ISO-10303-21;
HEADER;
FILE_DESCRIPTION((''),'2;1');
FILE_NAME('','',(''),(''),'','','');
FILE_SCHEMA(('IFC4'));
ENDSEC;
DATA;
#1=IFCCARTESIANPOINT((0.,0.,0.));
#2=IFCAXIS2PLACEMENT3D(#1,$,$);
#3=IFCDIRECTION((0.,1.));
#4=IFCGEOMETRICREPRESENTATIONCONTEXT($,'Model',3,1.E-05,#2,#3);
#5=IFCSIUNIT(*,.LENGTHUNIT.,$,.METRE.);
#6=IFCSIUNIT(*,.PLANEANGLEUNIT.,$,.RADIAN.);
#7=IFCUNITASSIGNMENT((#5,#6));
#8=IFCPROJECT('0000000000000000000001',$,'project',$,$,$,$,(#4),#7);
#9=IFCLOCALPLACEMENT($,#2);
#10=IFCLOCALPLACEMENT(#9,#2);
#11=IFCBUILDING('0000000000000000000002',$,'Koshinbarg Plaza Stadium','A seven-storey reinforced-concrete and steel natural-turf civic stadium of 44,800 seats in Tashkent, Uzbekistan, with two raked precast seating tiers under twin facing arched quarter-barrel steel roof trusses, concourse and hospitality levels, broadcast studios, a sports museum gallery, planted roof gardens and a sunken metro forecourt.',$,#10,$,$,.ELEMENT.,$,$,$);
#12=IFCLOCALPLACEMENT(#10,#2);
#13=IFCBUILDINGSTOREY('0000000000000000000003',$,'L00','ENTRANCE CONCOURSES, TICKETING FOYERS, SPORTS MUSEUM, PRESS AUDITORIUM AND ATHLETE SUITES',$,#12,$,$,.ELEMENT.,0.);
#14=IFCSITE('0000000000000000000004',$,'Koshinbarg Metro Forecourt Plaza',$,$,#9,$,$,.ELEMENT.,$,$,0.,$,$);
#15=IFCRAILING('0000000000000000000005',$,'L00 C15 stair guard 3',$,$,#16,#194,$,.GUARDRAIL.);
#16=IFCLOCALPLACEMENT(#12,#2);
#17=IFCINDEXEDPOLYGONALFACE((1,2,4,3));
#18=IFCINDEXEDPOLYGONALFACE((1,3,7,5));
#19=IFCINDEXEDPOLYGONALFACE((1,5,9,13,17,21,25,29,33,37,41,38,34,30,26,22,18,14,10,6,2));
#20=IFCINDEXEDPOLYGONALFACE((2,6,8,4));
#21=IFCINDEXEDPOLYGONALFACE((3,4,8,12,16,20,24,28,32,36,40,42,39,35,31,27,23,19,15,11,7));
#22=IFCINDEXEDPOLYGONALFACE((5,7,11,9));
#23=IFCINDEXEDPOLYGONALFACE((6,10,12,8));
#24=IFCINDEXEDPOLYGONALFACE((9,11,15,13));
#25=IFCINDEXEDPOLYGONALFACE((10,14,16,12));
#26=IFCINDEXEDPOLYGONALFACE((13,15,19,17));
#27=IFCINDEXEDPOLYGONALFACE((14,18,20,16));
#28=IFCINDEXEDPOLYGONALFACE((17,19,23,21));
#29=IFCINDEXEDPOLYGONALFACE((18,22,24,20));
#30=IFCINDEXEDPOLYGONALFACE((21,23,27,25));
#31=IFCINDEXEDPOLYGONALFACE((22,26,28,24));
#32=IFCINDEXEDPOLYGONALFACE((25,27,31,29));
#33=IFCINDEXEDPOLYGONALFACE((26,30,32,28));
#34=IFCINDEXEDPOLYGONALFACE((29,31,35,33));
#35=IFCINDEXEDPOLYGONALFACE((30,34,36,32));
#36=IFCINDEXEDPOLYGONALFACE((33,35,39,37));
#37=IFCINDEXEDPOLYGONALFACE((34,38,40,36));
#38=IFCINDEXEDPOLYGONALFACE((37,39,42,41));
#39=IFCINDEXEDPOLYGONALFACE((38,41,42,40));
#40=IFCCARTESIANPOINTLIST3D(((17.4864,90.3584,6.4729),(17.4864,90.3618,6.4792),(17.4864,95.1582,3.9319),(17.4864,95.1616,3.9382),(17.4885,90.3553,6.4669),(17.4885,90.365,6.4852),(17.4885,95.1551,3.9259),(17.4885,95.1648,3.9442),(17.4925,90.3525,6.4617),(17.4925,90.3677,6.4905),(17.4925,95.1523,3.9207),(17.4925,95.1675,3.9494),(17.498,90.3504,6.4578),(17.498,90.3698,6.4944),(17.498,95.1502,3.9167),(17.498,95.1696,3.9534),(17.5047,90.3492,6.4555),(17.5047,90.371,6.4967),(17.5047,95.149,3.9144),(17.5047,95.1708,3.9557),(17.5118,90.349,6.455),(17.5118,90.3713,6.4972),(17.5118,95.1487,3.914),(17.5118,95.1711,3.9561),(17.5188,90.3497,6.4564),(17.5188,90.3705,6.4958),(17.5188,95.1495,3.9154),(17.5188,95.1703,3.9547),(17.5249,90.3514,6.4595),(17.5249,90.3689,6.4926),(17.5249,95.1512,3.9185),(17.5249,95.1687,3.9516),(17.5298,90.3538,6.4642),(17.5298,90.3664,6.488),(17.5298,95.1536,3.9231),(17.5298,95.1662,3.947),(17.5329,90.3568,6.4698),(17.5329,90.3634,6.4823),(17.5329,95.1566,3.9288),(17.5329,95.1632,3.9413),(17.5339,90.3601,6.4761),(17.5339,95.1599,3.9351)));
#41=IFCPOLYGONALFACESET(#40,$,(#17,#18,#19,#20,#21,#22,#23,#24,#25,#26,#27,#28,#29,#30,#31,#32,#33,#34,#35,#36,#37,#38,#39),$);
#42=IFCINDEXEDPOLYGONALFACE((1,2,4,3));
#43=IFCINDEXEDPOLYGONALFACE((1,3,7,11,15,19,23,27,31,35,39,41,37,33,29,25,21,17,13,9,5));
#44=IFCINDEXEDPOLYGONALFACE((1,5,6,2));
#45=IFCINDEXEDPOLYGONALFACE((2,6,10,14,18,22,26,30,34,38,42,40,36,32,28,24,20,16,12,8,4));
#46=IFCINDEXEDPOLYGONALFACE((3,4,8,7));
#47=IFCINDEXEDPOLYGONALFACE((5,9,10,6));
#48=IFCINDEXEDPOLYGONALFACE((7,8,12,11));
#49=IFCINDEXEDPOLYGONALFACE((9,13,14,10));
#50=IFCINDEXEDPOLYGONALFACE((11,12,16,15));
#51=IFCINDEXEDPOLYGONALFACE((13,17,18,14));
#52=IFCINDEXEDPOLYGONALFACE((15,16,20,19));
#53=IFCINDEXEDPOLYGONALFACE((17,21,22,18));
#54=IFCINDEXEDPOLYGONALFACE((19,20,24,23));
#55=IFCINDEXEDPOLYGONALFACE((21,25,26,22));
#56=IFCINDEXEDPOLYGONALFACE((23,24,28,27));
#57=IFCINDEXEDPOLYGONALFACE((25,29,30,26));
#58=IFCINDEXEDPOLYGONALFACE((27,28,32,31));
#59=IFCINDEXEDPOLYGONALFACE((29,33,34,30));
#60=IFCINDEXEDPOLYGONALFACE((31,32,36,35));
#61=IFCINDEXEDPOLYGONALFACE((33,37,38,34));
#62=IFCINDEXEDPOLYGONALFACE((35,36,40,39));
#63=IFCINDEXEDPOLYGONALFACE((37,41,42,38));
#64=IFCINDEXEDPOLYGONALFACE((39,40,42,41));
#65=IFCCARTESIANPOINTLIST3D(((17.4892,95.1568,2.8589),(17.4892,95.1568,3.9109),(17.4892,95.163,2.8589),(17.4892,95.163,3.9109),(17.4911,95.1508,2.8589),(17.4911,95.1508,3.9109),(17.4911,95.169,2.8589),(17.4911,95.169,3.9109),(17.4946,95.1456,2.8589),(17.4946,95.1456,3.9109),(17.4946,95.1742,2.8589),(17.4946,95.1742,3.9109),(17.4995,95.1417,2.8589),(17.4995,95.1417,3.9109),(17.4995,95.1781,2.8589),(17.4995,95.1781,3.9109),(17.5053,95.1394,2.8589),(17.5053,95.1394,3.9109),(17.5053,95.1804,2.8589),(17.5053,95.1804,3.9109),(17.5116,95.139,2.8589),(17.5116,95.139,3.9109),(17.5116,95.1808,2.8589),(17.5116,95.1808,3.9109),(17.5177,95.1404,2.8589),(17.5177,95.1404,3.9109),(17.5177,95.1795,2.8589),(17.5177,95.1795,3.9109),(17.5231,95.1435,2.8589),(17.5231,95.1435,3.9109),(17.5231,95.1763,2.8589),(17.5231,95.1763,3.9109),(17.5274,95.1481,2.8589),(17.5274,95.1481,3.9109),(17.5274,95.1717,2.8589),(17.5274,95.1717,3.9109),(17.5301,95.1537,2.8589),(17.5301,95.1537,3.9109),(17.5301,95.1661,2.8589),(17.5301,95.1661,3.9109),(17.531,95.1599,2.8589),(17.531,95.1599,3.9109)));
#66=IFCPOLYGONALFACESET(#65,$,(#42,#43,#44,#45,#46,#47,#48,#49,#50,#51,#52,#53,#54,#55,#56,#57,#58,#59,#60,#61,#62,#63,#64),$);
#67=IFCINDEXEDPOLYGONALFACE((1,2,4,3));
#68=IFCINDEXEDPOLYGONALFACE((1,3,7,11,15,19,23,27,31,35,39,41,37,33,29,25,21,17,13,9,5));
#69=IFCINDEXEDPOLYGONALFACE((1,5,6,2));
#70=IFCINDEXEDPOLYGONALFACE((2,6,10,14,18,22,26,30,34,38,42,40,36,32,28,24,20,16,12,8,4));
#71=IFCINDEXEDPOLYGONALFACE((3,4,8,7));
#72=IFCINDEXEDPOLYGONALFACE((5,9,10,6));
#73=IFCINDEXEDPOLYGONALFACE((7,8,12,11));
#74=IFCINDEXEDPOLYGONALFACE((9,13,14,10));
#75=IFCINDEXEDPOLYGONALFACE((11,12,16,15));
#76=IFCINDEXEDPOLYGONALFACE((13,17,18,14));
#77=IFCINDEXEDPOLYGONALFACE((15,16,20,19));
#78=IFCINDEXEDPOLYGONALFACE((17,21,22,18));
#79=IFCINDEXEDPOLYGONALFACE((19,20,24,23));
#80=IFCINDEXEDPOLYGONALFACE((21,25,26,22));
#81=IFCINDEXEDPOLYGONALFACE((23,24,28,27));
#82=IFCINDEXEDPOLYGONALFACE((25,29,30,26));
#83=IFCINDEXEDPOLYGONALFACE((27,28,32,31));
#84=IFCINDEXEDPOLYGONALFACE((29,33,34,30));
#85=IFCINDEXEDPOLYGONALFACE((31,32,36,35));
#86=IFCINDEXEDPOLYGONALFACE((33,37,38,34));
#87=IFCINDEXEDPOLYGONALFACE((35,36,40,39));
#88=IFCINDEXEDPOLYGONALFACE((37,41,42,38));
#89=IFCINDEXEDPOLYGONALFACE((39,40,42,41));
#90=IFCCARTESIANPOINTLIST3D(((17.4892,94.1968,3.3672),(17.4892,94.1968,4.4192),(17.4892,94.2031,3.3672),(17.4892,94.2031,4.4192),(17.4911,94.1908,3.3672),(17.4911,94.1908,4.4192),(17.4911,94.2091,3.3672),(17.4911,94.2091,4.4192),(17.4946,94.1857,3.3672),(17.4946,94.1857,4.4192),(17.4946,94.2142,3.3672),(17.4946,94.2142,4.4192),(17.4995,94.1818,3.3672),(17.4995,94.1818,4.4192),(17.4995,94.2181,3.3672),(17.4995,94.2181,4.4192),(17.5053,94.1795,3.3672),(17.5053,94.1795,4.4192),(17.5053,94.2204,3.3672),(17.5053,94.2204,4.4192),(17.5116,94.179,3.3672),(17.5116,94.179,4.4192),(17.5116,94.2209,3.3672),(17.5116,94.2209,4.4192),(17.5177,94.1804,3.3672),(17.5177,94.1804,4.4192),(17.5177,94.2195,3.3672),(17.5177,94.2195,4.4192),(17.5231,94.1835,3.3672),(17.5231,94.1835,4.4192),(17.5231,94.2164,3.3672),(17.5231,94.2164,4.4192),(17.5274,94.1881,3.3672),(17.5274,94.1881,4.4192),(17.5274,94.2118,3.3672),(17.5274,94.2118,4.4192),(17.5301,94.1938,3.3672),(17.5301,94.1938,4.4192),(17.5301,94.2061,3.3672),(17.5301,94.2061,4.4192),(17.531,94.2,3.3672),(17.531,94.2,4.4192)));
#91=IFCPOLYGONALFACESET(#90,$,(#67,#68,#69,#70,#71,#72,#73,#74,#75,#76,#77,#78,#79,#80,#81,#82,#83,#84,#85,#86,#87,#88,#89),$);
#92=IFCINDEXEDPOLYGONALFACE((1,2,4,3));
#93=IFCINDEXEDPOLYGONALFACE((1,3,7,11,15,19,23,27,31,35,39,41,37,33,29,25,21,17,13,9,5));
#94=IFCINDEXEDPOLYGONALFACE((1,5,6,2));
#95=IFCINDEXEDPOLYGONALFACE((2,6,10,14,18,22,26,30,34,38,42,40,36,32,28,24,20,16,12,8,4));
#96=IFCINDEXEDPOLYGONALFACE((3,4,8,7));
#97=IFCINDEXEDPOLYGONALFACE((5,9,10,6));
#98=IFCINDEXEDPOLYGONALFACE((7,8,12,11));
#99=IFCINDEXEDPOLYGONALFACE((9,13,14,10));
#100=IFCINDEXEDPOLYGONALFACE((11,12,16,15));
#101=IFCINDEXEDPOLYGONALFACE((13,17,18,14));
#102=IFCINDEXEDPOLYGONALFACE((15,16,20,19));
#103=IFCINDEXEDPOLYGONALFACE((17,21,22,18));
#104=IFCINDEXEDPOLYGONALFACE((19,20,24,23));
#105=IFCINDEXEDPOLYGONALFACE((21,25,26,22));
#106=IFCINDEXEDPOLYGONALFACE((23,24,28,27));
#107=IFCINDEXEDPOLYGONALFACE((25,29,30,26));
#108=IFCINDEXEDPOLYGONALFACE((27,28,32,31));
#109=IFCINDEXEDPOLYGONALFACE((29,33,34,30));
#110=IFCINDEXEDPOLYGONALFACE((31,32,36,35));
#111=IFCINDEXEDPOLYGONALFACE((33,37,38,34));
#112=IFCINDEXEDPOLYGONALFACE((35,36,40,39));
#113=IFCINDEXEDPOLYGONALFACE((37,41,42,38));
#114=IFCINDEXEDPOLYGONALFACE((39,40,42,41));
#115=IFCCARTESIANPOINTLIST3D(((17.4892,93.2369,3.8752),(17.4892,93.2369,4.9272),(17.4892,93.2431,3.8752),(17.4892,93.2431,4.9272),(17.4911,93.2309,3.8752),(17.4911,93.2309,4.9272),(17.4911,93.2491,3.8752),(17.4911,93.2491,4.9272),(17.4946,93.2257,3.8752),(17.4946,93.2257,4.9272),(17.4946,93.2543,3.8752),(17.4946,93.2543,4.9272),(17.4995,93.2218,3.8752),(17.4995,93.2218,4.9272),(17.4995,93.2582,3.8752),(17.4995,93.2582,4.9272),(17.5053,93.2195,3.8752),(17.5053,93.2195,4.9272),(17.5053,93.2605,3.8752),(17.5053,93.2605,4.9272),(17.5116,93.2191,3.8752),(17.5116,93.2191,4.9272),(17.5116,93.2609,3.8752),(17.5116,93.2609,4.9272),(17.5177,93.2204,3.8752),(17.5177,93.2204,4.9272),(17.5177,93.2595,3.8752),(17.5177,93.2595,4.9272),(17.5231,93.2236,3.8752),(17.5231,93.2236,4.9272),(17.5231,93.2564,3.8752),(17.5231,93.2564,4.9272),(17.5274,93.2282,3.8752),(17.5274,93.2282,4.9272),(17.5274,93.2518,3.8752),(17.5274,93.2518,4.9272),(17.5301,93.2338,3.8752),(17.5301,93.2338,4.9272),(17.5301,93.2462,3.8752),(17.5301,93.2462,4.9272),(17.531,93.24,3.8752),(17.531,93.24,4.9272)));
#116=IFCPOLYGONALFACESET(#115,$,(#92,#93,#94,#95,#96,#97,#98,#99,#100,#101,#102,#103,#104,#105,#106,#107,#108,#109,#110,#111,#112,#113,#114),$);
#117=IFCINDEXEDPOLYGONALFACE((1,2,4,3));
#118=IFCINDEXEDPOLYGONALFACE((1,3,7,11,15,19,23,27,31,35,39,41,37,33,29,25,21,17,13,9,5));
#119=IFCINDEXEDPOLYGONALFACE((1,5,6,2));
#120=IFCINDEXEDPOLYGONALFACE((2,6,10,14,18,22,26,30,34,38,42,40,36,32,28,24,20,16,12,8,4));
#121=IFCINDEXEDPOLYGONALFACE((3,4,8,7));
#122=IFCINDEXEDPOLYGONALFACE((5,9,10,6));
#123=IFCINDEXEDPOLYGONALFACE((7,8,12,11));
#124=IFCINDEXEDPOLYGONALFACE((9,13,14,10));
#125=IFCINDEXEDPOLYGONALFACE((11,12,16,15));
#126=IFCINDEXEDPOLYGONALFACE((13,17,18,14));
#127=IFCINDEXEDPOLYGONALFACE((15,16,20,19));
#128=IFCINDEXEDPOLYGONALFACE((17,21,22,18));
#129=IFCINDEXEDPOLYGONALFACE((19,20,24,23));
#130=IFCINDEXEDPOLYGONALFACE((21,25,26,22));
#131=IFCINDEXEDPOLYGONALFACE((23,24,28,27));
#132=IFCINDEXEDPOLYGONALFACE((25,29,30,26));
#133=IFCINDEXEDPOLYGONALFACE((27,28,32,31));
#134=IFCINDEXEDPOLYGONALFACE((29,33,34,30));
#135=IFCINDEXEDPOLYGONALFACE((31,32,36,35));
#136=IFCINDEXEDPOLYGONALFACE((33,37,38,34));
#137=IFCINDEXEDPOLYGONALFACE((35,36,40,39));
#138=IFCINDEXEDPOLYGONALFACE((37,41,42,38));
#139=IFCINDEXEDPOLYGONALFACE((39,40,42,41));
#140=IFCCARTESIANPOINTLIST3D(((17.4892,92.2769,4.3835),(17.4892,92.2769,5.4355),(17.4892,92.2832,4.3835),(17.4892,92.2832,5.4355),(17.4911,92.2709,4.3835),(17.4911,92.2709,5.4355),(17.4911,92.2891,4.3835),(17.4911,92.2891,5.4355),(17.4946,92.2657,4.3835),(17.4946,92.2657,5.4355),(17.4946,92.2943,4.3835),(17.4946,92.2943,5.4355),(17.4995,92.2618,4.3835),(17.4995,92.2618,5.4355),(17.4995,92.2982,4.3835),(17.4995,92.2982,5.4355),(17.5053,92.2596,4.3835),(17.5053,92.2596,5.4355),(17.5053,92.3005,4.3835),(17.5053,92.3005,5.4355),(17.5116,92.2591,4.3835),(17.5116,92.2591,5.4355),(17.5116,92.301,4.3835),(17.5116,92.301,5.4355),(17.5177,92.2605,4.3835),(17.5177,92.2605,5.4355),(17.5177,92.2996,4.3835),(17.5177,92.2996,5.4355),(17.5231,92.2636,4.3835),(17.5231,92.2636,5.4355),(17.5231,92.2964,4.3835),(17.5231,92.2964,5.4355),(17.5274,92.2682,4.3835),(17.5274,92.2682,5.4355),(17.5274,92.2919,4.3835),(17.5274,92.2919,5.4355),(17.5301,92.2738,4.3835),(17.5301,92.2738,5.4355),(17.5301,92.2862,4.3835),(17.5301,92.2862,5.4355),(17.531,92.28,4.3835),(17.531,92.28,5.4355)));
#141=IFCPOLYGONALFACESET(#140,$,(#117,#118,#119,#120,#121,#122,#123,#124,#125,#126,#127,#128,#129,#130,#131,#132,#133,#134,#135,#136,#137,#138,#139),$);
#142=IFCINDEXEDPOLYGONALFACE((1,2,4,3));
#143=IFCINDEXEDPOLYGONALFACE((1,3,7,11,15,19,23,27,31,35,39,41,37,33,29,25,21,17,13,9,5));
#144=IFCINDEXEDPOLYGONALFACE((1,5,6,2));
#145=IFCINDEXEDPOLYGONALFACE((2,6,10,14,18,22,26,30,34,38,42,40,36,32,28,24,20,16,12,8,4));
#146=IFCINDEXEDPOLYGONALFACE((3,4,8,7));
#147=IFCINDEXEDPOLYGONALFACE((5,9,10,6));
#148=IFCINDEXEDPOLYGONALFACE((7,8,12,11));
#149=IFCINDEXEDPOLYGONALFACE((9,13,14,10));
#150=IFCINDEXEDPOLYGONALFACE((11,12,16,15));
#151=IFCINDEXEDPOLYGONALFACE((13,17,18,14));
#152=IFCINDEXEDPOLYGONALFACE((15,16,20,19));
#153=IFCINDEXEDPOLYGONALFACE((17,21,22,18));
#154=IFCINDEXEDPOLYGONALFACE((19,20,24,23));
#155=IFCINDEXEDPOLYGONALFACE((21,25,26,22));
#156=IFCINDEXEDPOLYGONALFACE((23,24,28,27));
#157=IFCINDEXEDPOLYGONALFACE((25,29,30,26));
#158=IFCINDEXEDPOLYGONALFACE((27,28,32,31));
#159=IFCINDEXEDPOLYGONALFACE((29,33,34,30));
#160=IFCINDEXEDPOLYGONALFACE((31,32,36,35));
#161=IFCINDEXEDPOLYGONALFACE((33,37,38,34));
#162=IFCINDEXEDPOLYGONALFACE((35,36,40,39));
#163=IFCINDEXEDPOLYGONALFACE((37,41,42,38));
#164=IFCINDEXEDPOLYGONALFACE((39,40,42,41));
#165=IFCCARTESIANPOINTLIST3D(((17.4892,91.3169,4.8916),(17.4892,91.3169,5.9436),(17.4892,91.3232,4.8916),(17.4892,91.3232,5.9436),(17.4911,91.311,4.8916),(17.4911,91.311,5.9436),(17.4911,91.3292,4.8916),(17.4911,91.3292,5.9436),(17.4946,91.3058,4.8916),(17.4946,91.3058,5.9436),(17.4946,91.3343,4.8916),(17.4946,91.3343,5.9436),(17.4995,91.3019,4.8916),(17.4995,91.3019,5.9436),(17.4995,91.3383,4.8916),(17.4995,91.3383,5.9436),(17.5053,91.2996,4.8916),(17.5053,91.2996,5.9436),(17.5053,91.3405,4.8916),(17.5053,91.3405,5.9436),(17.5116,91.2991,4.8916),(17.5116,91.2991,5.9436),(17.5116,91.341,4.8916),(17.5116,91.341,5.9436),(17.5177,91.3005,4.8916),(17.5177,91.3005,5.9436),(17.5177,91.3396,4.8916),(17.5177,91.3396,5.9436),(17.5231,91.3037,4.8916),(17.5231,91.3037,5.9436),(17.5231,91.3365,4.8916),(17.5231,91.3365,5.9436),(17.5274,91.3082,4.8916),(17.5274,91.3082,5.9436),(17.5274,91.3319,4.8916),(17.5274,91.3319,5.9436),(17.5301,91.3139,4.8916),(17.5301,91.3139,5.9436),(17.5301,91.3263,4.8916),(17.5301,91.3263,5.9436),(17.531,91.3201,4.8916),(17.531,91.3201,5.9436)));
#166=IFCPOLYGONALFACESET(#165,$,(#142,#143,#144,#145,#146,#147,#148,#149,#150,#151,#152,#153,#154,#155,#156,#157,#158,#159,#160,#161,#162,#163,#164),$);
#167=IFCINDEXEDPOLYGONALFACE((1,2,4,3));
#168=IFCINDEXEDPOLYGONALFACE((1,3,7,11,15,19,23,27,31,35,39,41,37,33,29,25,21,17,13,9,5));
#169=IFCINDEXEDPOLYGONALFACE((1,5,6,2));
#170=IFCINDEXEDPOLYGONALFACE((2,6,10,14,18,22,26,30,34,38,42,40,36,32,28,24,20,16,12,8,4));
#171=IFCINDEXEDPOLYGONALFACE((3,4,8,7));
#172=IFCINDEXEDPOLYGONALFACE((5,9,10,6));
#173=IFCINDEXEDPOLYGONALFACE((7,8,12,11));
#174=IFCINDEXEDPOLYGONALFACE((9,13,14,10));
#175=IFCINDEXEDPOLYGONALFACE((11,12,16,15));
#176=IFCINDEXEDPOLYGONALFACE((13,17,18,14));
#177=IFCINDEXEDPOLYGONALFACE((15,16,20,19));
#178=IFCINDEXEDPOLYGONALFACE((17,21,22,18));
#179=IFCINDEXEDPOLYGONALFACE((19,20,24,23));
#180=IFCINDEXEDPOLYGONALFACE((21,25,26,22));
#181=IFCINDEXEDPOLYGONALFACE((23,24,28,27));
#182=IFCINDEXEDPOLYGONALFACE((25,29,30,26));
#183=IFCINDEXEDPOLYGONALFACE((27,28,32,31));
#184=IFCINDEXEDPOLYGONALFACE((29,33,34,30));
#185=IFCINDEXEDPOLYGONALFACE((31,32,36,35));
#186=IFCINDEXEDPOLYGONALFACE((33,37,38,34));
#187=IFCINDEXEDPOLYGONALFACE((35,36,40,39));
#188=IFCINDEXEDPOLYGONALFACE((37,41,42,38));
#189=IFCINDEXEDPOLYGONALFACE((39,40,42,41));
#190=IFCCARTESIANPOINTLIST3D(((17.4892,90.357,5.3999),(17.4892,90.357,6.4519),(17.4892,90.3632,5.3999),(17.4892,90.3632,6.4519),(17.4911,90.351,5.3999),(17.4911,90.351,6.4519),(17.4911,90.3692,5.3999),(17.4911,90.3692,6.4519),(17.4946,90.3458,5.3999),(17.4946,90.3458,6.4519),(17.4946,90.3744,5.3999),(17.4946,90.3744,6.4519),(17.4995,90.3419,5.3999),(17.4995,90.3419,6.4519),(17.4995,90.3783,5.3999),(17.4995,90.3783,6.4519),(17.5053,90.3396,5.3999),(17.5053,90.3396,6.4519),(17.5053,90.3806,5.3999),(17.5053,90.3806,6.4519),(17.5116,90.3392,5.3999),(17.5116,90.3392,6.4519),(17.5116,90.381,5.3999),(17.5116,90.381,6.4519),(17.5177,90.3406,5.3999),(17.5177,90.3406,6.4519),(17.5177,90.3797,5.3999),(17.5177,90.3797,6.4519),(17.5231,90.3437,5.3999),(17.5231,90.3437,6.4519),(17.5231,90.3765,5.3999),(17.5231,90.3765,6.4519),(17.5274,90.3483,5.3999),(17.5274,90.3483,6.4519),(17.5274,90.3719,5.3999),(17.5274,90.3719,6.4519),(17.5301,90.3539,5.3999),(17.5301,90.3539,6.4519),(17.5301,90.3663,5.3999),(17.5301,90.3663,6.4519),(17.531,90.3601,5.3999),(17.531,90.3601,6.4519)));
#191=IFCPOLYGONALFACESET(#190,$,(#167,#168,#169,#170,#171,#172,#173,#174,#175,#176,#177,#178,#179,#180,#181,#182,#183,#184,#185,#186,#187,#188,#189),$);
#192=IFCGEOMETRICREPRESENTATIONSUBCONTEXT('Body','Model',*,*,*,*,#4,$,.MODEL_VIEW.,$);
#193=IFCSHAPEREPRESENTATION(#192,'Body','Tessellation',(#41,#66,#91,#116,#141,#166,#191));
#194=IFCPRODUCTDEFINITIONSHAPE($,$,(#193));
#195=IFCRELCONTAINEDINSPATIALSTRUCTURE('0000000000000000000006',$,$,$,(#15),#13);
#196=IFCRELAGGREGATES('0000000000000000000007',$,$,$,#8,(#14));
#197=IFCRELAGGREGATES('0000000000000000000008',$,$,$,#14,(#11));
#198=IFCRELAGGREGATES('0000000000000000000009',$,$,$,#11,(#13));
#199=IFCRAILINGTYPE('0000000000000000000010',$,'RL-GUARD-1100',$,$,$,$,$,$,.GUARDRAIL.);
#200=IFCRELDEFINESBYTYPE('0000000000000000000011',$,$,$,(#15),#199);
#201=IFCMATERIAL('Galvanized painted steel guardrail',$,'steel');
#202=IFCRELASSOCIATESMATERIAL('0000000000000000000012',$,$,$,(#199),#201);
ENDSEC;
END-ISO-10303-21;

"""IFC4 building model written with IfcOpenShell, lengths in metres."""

from ifc_helpers import new_model, si_unit, direction, frame, origin, origin_2d, place, context, subcontext, project, spatial, circle, extrude, material, type_object, element, save


model = new_model("IFC4")

# Units and contexts
model_context = context("Model", 3, precision=1e-05, world=origin(), true_north=direction((0.0, 1.0)))
body_context = subcontext(model_context, "Body", "Model", "MODEL_VIEW")
ifc_project = project(units=[si_unit("LENGTHUNIT", "METRE"), si_unit("PLANEANGLEUNIT", "RADIAN")], contexts=[model_context])

# Site, building, storey
site_placement = place(None, origin())
site = spatial("IfcSite", under=ifc_project, at=site_placement, Name="Koshinbarg Metro Forecourt Plaza", CompositionType="ELEMENT", RefElevation=0.0)
building_placement = place(site_placement, origin())
building = spatial("IfcBuilding", under=site, at=building_placement, Name="Koshinbarg Plaza Stadium", Description="A seven-storey reinforced-concrete and steel natural-turf civic stadium of 44,800 seats in Tashkent, Uzbekistan, with two raked precast seating tiers under twin facing arched quarter-barrel steel roof trusses, concourse and hospitality levels, broadcast studios, a sports museum gallery, planted roof gardens and a sunken metro forecourt.", CompositionType="ELEMENT")
storey_placement = place(building_placement, origin())
storey = spatial("IfcBuildingStorey", under=building, at=storey_placement, Name="L00", Description="ENTRANCE CONCOURSES, TICKETING FOYERS, SPORTS MUSEUM, PRESS AUDITORIUM AND ATHLETE SUITES", CompositionType="ELEMENT", Elevation=0.0)

# Railing
ifc_material_1 = material(Name="Galvanized painted steel guardrail", Category="steel")
railing_type_1 = type_object("IfcRailingType", Name="RL-GUARD-1100", PredefinedType="GUARDRAIL", material=ifc_material_1)
railing_1_placement = place(storey_placement, frame((17.51, 95.1599, 2.8589)))
element("IfcRailing", 1, at=railing_1_placement, inside=storey, type_object=railing_type_1, Name="L00 C15 stair guard 3", PredefinedType="GUARDRAIL", context=body_context, shape_type="SweptSolid", body=[
    extrude(circle(Radius=0.0239, at=origin_2d()), frame((0.0, 0.0, 1.0762), z_axis=(0.0, -0.883792, 0.467879), x_axis=(1.0, 0.0, 0.0)), (0.0, 0.0, 1.0), 5.4309),
    extrude(circle(Radius=0.021, at=origin_2d()), origin(), (0.0, 0.0, 1.0), 1.052),
    extrude(circle(Radius=0.021, at=origin_2d()), frame((0.0, -0.96, 0.5083)), (0.0, 0.0, 1.0), 1.052),
    extrude(circle(Radius=0.021, at=origin_2d()), frame((0.0, -1.9199, 1.0164)), (0.0, 0.0, 1.0), 1.052),
    extrude(circle(Radius=0.021, at=origin_2d()), frame((0.0, -2.8799, 1.5247)), (0.0, 0.0, 1.0), 1.052),
    extrude(circle(Radius=0.021, at=origin_2d()), frame((0.0, -3.8398, 2.0327)), (0.0, 0.0, 1.0), 1.052),
    extrude(circle(Radius=0.021, at=origin_2d()), frame((0.0, -4.7998, 2.541)), (0.0, 0.0, 1.0), 1.052),
])

save(model, "model.ifc")
